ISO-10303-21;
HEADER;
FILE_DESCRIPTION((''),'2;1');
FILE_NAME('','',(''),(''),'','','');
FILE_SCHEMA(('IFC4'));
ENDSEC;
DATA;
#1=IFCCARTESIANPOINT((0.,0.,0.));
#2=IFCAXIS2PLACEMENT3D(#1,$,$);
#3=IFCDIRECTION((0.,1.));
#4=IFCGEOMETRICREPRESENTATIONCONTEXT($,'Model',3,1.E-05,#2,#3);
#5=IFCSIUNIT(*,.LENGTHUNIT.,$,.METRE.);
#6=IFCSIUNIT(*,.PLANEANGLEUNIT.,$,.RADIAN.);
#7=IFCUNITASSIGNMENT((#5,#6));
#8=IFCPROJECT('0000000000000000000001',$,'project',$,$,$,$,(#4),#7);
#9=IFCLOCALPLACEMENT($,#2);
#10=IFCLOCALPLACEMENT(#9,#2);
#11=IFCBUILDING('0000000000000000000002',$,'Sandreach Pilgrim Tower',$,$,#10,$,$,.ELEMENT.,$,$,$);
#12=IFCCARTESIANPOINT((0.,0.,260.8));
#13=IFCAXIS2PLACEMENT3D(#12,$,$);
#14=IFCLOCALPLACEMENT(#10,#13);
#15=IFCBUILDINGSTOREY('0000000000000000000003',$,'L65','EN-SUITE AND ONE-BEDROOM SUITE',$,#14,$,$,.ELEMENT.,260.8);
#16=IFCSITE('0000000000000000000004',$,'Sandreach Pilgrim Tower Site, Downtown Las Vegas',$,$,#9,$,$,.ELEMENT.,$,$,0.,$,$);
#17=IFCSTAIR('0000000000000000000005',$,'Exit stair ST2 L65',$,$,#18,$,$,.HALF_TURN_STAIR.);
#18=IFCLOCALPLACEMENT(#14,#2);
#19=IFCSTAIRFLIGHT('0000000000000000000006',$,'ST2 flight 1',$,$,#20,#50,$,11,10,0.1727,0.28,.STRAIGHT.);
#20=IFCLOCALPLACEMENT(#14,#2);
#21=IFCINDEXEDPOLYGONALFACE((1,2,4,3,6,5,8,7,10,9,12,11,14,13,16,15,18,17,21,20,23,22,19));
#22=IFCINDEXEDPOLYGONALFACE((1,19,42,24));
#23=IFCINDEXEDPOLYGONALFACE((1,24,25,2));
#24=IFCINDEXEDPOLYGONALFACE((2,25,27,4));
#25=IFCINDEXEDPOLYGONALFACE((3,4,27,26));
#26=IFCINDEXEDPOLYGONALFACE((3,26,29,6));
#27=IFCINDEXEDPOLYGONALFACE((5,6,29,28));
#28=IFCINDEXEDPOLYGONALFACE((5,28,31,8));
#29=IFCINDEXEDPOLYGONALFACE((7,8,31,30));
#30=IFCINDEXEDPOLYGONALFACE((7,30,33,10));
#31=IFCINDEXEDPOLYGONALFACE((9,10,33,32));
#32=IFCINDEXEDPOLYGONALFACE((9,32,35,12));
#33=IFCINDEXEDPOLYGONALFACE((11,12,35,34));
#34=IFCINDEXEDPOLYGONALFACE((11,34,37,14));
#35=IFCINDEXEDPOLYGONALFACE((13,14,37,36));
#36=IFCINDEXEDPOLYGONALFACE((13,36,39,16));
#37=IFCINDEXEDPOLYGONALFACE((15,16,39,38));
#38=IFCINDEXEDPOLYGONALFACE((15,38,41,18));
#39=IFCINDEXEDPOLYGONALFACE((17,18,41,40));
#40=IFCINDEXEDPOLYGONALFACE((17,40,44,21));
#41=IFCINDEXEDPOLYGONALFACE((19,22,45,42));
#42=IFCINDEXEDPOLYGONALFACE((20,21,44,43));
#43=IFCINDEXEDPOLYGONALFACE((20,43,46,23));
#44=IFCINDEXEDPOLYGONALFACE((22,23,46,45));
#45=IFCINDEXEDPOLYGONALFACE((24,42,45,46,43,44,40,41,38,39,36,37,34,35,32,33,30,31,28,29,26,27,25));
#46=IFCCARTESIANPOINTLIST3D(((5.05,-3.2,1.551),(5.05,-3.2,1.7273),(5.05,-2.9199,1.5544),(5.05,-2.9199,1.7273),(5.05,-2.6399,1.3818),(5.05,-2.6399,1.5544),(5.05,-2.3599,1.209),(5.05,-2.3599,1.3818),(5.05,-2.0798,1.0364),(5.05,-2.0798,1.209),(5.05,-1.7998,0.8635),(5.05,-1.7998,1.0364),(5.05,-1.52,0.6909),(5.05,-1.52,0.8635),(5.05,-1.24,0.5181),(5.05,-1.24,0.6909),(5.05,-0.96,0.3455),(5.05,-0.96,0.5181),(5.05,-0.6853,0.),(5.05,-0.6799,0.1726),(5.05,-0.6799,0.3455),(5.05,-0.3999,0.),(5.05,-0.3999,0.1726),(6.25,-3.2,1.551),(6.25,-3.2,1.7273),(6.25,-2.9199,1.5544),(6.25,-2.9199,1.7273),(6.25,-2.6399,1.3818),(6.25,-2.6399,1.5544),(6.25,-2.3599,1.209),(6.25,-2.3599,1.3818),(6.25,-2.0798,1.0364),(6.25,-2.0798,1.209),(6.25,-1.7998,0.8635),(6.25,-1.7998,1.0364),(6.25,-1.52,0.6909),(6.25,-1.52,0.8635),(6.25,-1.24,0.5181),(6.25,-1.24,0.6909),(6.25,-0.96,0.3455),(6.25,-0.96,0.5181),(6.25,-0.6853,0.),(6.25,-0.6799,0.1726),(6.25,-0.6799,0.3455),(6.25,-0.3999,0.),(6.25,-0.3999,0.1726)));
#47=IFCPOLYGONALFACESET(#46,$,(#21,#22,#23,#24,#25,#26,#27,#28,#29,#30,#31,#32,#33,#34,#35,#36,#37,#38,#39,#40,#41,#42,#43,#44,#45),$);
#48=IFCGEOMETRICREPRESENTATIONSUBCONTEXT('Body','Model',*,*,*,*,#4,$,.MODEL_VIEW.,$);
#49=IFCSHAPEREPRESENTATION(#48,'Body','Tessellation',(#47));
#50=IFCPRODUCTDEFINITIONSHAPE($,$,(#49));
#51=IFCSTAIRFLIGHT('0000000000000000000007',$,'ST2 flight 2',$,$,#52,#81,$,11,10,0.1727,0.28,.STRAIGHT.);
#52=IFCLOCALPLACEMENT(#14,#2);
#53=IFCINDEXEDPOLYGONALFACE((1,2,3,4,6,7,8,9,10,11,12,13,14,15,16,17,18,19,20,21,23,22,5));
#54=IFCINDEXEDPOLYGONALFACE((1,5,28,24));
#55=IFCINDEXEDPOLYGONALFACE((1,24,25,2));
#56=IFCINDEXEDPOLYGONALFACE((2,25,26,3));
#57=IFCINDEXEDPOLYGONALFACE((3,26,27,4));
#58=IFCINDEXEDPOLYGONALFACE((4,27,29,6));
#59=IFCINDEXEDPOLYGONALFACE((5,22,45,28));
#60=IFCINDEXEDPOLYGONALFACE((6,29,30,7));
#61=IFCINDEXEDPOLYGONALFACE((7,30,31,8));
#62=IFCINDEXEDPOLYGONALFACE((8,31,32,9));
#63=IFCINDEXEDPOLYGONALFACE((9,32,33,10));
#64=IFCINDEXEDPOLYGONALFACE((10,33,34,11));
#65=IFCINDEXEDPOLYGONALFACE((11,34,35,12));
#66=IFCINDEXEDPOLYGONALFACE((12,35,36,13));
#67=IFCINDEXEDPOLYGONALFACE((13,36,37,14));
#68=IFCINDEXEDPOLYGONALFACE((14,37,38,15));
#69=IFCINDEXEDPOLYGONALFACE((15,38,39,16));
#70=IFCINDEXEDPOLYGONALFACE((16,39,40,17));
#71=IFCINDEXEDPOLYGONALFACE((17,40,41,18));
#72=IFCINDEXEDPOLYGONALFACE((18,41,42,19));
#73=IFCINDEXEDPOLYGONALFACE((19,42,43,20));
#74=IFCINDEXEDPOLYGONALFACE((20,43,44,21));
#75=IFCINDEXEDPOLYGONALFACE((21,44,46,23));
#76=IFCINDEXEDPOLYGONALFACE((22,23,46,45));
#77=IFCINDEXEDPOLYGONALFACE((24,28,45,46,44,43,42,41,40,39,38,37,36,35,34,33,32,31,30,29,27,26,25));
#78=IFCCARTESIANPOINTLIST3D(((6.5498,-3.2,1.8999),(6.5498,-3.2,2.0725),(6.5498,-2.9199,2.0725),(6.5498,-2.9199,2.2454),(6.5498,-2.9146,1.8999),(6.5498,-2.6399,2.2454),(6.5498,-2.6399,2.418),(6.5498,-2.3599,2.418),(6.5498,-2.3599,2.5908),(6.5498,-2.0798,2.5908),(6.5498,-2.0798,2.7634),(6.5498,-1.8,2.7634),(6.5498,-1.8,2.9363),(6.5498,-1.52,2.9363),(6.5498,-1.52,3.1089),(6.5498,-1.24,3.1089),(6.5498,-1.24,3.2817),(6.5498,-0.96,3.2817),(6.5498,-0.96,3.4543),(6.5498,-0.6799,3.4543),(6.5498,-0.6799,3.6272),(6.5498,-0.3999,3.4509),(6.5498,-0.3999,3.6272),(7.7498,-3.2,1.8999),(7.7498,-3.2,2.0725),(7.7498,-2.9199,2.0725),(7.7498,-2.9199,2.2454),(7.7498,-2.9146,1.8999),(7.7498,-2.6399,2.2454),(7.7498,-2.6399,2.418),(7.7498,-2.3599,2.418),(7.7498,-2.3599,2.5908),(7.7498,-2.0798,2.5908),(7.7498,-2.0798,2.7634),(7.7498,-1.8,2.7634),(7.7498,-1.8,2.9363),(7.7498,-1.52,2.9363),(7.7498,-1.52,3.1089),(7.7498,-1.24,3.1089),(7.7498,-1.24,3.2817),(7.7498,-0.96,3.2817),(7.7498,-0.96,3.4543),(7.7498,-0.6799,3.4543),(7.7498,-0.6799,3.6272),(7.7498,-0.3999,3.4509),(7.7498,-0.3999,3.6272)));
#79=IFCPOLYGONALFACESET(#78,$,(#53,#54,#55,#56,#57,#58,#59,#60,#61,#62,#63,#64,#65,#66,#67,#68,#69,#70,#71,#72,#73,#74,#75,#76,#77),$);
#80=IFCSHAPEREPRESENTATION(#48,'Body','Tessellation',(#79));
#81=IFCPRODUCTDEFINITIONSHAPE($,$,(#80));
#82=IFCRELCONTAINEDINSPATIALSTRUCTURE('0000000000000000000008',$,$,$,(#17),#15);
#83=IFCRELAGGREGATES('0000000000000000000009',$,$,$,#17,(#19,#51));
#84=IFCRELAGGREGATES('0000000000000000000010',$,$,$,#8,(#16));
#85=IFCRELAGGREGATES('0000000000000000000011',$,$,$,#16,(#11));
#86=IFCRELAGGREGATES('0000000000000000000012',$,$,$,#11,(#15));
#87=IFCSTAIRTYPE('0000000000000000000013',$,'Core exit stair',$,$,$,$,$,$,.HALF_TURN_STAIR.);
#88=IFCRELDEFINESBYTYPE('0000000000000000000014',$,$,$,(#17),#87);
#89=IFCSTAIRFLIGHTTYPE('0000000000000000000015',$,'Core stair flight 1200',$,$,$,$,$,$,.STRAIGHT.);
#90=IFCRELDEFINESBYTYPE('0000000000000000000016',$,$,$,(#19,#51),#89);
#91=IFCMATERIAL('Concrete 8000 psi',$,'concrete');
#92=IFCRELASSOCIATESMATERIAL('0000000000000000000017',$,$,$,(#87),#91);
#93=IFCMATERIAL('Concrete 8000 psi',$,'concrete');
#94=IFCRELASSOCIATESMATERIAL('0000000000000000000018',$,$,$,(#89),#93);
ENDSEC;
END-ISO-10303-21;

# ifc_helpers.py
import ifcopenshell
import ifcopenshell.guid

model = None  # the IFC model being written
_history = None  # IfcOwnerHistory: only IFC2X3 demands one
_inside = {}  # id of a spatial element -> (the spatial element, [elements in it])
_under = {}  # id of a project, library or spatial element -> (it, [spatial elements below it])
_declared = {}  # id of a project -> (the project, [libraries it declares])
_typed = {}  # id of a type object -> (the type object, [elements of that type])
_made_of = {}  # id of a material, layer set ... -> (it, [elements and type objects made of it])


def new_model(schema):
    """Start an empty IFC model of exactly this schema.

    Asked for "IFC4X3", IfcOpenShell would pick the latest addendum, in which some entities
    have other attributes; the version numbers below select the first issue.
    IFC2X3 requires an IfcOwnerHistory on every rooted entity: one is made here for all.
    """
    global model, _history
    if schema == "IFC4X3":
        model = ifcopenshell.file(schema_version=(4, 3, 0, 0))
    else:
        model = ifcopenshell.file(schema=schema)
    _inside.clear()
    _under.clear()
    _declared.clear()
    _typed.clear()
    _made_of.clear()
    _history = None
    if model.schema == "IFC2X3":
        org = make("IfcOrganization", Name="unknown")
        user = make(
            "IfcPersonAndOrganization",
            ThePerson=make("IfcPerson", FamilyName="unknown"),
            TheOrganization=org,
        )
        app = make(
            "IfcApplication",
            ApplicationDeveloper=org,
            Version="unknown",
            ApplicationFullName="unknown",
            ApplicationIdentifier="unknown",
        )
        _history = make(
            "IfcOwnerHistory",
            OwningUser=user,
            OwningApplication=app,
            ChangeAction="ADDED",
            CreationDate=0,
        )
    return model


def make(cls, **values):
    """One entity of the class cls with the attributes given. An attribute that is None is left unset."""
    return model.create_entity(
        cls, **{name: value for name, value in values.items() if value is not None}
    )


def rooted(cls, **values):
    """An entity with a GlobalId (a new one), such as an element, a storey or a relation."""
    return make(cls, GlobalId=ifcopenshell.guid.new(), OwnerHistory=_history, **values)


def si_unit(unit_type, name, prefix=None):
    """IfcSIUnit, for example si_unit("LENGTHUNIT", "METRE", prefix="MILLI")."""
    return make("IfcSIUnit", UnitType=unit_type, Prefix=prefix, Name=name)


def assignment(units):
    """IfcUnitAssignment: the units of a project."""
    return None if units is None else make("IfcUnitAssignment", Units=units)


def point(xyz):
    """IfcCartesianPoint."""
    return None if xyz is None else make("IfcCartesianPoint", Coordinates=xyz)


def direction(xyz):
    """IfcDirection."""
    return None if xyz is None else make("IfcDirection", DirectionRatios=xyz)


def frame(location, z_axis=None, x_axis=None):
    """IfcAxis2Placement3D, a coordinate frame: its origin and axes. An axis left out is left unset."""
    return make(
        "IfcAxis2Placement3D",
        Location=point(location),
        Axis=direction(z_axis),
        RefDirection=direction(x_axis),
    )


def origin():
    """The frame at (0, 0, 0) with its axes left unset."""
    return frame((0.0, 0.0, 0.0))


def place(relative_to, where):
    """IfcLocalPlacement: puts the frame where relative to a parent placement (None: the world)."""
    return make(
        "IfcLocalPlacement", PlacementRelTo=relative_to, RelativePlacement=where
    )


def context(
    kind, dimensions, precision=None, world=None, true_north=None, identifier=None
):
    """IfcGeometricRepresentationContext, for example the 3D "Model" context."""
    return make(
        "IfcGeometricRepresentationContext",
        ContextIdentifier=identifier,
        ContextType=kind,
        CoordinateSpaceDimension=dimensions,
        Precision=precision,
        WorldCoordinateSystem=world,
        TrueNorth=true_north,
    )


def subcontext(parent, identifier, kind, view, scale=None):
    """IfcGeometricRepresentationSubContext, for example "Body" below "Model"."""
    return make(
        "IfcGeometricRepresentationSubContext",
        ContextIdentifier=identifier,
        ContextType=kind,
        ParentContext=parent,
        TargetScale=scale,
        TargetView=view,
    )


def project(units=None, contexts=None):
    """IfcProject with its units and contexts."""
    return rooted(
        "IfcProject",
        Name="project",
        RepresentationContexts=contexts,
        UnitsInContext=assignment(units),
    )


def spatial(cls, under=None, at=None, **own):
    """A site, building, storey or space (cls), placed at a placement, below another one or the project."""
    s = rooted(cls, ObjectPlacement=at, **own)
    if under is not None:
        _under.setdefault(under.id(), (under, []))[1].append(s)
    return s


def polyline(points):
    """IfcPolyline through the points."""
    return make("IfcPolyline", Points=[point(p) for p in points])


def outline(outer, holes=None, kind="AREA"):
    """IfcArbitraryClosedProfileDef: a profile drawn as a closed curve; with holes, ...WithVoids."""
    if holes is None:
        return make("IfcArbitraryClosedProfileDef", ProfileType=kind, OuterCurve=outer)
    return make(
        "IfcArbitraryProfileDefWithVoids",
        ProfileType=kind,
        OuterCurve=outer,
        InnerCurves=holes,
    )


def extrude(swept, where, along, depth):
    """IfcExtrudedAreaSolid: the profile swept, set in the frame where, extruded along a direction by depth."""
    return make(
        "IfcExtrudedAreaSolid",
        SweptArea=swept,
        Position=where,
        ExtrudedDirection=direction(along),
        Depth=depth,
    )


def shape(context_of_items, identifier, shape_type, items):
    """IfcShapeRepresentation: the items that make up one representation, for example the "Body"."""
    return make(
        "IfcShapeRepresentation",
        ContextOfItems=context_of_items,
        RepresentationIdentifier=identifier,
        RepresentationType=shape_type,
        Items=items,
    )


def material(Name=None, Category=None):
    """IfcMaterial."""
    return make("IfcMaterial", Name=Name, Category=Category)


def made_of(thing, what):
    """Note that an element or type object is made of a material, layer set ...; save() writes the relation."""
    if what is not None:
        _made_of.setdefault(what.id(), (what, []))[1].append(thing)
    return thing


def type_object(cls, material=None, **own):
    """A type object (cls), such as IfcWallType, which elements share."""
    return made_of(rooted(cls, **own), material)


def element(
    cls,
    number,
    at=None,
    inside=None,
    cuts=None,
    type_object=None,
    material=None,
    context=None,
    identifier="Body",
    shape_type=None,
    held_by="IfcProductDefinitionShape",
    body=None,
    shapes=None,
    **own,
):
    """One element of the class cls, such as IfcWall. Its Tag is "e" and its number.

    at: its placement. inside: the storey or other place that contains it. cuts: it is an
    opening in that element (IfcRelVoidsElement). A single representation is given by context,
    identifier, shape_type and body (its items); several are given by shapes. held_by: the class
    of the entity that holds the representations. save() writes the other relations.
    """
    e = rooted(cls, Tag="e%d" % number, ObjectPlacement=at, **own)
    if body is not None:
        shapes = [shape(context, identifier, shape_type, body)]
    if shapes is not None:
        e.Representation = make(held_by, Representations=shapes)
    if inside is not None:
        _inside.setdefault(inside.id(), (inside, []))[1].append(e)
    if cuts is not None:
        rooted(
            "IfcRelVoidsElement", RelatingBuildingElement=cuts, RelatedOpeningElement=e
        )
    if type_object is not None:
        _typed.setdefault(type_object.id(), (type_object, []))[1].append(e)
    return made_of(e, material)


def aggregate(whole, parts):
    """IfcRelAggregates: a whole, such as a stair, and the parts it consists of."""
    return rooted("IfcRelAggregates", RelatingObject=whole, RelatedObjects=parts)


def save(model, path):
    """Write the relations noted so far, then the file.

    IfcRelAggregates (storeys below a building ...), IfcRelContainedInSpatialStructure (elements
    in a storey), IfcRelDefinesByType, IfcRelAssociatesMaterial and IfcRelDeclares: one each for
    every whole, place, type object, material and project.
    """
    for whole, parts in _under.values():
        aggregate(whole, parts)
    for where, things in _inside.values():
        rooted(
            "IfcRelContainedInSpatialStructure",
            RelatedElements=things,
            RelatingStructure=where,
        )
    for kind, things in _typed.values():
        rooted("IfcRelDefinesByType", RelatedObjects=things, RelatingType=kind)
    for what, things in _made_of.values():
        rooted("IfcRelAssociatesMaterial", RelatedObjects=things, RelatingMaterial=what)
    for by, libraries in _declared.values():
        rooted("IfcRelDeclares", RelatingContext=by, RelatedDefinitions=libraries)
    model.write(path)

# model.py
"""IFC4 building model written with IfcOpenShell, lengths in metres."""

from ifc_helpers import new_model, si_unit, direction, frame, origin, place, context, subcontext, project, spatial, polyline, outline, extrude, material, type_object, element, aggregate, save


model = new_model("IFC4")

# Units and contexts
model_context = context("Model", 3, precision=1e-05, world=origin(), true_north=direction((0.0, 1.0)))
body_context = subcontext(model_context, "Body", "Model", "MODEL_VIEW")
ifc_project = project(units=[si_unit("LENGTHUNIT", "METRE"), si_unit("PLANEANGLEUNIT", "RADIAN")], contexts=[model_context])

# Site, building, storey
site_placement = place(None, origin())
site = spatial("IfcSite", under=ifc_project, at=site_placement, Name="Sandreach Pilgrim Tower Site, Downtown Las Vegas", CompositionType="ELEMENT", RefElevation=0.0)
building_placement = place(site_placement, origin())
building = spatial("IfcBuilding", under=site, at=building_placement, Name="Sandreach Pilgrim Tower", CompositionType="ELEMENT")
storey_placement = place(building_placement, frame((0.0, 0.0, 260.8)))
storey = spatial("IfcBuildingStorey", under=building, at=storey_placement, Name="L65", Description="EN-SUITE AND ONE-BEDROOM SUITE", CompositionType="ELEMENT", Elevation=260.8)

# Stair, stair flights
ifc_material_1 = material(Name="Concrete 8000 psi", Category="concrete")
stair_type = type_object("IfcStairType", Name="Core exit stair", PredefinedType="HALF_TURN_STAIR", material=ifc_material_1)
stair_placement = place(storey_placement, origin())
stair = element("IfcStair", 1, at=stair_placement, inside=storey, type_object=stair_type, Name="Exit stair ST2 L65", PredefinedType="HALF_TURN_STAIR")
ifc_material_2 = material(Name="Concrete 8000 psi", Category="concrete")
stair_flight_type = type_object("IfcStairFlightType", Name="Core stair flight 1200", PredefinedType="STRAIGHT", material=ifc_material_2)
stair_flight_1_placement = place(storey_placement, frame((5.6499, -0.3999, 0.0), z_axis=(0.0, 0.0, 1.0), x_axis=(0.0, -1.0, 0.0)))
stair_flight_1 = element("IfcStairFlight", 2, at=stair_flight_1_placement, type_object=stair_flight_type, Name="ST2 flight 1", NumberOfRisers=11, NumberOfTreads=10, PredefinedType="STRAIGHT", RiserHeight=0.1727, TreadLength=0.28, context=body_context, shape_type="SweptSolid", body=[
    extrude(outline(polyline([(0.0, 0.0), (0.0, 0.1726), (0.28, 0.1726), (0.28, 0.3455), (0.5601, 0.3455), (0.5601, 0.5181), (0.8401, 0.5181), (0.8401, 0.6909), (1.1201, 0.6909), (1.1201, 0.8635), (1.3999, 0.8635), (1.3999, 1.0364), (1.6799, 1.0364), (1.6799, 1.209), (1.96, 1.209), (1.96, 1.3818), (2.24, 1.3818), (2.24, 1.5544), (2.52, 1.5544), (2.52, 1.7273), (2.8, 1.7273), (2.8, 1.8999), (2.8, 1.551), (0.2854, 0.0), (0.0, 0.0)])), frame((0.0, 0.6001, 0.0), z_axis=(0.0, -1.0, 0.0), x_axis=(1.0, 0.0, 0.0)), (0.0, 0.0, 1.0), 1.2),
])
stair_flight_2_placement = place(storey_placement, frame((7.1499, -3.2, 1.8999), z_axis=(0.0, 0.0, 1.0), x_axis=(0.0, 1.0, 0.0)))
stair_flight_2 = element("IfcStairFlight", 3, at=stair_flight_2_placement, type_object=stair_flight_type, Name="ST2 flight 2", NumberOfRisers=11, NumberOfTreads=10, PredefinedType="STRAIGHT", RiserHeight=0.1727, TreadLength=0.28, context=body_context, shape_type="SweptSolid", body=[
    extrude(outline(polyline([(0.0, 0.0), (0.0, 0.1726), (0.28, 0.1726), (0.28, 0.3455), (0.5601, 0.3455), (0.5601, 0.5181), (0.8401, 0.5181), (0.8401, 0.6909), (1.1201, 0.6909), (1.1201, 0.8635), (1.3999, 0.8635), (1.3999, 1.0364), (1.6799, 1.0364), (1.6799, 1.209), (1.96, 1.209), (1.96, 1.3818), (2.24, 1.3818), (2.24, 1.5544), (2.52, 1.5544), (2.52, 1.7273), (2.8, 1.7273), (2.8, 1.8999), (2.8, 1.551), (0.2854, 0.0), (0.0, 0.0)])), frame((0.0, 0.6001, 0.0), z_axis=(0.0, -1.0, 0.0), x_axis=(1.0, 0.0, 0.0)), (0.0, 0.0, 1.0), 1.2),
])
aggregate(stair, [stair_flight_1, stair_flight_2])

save(model, "model.ifc")
